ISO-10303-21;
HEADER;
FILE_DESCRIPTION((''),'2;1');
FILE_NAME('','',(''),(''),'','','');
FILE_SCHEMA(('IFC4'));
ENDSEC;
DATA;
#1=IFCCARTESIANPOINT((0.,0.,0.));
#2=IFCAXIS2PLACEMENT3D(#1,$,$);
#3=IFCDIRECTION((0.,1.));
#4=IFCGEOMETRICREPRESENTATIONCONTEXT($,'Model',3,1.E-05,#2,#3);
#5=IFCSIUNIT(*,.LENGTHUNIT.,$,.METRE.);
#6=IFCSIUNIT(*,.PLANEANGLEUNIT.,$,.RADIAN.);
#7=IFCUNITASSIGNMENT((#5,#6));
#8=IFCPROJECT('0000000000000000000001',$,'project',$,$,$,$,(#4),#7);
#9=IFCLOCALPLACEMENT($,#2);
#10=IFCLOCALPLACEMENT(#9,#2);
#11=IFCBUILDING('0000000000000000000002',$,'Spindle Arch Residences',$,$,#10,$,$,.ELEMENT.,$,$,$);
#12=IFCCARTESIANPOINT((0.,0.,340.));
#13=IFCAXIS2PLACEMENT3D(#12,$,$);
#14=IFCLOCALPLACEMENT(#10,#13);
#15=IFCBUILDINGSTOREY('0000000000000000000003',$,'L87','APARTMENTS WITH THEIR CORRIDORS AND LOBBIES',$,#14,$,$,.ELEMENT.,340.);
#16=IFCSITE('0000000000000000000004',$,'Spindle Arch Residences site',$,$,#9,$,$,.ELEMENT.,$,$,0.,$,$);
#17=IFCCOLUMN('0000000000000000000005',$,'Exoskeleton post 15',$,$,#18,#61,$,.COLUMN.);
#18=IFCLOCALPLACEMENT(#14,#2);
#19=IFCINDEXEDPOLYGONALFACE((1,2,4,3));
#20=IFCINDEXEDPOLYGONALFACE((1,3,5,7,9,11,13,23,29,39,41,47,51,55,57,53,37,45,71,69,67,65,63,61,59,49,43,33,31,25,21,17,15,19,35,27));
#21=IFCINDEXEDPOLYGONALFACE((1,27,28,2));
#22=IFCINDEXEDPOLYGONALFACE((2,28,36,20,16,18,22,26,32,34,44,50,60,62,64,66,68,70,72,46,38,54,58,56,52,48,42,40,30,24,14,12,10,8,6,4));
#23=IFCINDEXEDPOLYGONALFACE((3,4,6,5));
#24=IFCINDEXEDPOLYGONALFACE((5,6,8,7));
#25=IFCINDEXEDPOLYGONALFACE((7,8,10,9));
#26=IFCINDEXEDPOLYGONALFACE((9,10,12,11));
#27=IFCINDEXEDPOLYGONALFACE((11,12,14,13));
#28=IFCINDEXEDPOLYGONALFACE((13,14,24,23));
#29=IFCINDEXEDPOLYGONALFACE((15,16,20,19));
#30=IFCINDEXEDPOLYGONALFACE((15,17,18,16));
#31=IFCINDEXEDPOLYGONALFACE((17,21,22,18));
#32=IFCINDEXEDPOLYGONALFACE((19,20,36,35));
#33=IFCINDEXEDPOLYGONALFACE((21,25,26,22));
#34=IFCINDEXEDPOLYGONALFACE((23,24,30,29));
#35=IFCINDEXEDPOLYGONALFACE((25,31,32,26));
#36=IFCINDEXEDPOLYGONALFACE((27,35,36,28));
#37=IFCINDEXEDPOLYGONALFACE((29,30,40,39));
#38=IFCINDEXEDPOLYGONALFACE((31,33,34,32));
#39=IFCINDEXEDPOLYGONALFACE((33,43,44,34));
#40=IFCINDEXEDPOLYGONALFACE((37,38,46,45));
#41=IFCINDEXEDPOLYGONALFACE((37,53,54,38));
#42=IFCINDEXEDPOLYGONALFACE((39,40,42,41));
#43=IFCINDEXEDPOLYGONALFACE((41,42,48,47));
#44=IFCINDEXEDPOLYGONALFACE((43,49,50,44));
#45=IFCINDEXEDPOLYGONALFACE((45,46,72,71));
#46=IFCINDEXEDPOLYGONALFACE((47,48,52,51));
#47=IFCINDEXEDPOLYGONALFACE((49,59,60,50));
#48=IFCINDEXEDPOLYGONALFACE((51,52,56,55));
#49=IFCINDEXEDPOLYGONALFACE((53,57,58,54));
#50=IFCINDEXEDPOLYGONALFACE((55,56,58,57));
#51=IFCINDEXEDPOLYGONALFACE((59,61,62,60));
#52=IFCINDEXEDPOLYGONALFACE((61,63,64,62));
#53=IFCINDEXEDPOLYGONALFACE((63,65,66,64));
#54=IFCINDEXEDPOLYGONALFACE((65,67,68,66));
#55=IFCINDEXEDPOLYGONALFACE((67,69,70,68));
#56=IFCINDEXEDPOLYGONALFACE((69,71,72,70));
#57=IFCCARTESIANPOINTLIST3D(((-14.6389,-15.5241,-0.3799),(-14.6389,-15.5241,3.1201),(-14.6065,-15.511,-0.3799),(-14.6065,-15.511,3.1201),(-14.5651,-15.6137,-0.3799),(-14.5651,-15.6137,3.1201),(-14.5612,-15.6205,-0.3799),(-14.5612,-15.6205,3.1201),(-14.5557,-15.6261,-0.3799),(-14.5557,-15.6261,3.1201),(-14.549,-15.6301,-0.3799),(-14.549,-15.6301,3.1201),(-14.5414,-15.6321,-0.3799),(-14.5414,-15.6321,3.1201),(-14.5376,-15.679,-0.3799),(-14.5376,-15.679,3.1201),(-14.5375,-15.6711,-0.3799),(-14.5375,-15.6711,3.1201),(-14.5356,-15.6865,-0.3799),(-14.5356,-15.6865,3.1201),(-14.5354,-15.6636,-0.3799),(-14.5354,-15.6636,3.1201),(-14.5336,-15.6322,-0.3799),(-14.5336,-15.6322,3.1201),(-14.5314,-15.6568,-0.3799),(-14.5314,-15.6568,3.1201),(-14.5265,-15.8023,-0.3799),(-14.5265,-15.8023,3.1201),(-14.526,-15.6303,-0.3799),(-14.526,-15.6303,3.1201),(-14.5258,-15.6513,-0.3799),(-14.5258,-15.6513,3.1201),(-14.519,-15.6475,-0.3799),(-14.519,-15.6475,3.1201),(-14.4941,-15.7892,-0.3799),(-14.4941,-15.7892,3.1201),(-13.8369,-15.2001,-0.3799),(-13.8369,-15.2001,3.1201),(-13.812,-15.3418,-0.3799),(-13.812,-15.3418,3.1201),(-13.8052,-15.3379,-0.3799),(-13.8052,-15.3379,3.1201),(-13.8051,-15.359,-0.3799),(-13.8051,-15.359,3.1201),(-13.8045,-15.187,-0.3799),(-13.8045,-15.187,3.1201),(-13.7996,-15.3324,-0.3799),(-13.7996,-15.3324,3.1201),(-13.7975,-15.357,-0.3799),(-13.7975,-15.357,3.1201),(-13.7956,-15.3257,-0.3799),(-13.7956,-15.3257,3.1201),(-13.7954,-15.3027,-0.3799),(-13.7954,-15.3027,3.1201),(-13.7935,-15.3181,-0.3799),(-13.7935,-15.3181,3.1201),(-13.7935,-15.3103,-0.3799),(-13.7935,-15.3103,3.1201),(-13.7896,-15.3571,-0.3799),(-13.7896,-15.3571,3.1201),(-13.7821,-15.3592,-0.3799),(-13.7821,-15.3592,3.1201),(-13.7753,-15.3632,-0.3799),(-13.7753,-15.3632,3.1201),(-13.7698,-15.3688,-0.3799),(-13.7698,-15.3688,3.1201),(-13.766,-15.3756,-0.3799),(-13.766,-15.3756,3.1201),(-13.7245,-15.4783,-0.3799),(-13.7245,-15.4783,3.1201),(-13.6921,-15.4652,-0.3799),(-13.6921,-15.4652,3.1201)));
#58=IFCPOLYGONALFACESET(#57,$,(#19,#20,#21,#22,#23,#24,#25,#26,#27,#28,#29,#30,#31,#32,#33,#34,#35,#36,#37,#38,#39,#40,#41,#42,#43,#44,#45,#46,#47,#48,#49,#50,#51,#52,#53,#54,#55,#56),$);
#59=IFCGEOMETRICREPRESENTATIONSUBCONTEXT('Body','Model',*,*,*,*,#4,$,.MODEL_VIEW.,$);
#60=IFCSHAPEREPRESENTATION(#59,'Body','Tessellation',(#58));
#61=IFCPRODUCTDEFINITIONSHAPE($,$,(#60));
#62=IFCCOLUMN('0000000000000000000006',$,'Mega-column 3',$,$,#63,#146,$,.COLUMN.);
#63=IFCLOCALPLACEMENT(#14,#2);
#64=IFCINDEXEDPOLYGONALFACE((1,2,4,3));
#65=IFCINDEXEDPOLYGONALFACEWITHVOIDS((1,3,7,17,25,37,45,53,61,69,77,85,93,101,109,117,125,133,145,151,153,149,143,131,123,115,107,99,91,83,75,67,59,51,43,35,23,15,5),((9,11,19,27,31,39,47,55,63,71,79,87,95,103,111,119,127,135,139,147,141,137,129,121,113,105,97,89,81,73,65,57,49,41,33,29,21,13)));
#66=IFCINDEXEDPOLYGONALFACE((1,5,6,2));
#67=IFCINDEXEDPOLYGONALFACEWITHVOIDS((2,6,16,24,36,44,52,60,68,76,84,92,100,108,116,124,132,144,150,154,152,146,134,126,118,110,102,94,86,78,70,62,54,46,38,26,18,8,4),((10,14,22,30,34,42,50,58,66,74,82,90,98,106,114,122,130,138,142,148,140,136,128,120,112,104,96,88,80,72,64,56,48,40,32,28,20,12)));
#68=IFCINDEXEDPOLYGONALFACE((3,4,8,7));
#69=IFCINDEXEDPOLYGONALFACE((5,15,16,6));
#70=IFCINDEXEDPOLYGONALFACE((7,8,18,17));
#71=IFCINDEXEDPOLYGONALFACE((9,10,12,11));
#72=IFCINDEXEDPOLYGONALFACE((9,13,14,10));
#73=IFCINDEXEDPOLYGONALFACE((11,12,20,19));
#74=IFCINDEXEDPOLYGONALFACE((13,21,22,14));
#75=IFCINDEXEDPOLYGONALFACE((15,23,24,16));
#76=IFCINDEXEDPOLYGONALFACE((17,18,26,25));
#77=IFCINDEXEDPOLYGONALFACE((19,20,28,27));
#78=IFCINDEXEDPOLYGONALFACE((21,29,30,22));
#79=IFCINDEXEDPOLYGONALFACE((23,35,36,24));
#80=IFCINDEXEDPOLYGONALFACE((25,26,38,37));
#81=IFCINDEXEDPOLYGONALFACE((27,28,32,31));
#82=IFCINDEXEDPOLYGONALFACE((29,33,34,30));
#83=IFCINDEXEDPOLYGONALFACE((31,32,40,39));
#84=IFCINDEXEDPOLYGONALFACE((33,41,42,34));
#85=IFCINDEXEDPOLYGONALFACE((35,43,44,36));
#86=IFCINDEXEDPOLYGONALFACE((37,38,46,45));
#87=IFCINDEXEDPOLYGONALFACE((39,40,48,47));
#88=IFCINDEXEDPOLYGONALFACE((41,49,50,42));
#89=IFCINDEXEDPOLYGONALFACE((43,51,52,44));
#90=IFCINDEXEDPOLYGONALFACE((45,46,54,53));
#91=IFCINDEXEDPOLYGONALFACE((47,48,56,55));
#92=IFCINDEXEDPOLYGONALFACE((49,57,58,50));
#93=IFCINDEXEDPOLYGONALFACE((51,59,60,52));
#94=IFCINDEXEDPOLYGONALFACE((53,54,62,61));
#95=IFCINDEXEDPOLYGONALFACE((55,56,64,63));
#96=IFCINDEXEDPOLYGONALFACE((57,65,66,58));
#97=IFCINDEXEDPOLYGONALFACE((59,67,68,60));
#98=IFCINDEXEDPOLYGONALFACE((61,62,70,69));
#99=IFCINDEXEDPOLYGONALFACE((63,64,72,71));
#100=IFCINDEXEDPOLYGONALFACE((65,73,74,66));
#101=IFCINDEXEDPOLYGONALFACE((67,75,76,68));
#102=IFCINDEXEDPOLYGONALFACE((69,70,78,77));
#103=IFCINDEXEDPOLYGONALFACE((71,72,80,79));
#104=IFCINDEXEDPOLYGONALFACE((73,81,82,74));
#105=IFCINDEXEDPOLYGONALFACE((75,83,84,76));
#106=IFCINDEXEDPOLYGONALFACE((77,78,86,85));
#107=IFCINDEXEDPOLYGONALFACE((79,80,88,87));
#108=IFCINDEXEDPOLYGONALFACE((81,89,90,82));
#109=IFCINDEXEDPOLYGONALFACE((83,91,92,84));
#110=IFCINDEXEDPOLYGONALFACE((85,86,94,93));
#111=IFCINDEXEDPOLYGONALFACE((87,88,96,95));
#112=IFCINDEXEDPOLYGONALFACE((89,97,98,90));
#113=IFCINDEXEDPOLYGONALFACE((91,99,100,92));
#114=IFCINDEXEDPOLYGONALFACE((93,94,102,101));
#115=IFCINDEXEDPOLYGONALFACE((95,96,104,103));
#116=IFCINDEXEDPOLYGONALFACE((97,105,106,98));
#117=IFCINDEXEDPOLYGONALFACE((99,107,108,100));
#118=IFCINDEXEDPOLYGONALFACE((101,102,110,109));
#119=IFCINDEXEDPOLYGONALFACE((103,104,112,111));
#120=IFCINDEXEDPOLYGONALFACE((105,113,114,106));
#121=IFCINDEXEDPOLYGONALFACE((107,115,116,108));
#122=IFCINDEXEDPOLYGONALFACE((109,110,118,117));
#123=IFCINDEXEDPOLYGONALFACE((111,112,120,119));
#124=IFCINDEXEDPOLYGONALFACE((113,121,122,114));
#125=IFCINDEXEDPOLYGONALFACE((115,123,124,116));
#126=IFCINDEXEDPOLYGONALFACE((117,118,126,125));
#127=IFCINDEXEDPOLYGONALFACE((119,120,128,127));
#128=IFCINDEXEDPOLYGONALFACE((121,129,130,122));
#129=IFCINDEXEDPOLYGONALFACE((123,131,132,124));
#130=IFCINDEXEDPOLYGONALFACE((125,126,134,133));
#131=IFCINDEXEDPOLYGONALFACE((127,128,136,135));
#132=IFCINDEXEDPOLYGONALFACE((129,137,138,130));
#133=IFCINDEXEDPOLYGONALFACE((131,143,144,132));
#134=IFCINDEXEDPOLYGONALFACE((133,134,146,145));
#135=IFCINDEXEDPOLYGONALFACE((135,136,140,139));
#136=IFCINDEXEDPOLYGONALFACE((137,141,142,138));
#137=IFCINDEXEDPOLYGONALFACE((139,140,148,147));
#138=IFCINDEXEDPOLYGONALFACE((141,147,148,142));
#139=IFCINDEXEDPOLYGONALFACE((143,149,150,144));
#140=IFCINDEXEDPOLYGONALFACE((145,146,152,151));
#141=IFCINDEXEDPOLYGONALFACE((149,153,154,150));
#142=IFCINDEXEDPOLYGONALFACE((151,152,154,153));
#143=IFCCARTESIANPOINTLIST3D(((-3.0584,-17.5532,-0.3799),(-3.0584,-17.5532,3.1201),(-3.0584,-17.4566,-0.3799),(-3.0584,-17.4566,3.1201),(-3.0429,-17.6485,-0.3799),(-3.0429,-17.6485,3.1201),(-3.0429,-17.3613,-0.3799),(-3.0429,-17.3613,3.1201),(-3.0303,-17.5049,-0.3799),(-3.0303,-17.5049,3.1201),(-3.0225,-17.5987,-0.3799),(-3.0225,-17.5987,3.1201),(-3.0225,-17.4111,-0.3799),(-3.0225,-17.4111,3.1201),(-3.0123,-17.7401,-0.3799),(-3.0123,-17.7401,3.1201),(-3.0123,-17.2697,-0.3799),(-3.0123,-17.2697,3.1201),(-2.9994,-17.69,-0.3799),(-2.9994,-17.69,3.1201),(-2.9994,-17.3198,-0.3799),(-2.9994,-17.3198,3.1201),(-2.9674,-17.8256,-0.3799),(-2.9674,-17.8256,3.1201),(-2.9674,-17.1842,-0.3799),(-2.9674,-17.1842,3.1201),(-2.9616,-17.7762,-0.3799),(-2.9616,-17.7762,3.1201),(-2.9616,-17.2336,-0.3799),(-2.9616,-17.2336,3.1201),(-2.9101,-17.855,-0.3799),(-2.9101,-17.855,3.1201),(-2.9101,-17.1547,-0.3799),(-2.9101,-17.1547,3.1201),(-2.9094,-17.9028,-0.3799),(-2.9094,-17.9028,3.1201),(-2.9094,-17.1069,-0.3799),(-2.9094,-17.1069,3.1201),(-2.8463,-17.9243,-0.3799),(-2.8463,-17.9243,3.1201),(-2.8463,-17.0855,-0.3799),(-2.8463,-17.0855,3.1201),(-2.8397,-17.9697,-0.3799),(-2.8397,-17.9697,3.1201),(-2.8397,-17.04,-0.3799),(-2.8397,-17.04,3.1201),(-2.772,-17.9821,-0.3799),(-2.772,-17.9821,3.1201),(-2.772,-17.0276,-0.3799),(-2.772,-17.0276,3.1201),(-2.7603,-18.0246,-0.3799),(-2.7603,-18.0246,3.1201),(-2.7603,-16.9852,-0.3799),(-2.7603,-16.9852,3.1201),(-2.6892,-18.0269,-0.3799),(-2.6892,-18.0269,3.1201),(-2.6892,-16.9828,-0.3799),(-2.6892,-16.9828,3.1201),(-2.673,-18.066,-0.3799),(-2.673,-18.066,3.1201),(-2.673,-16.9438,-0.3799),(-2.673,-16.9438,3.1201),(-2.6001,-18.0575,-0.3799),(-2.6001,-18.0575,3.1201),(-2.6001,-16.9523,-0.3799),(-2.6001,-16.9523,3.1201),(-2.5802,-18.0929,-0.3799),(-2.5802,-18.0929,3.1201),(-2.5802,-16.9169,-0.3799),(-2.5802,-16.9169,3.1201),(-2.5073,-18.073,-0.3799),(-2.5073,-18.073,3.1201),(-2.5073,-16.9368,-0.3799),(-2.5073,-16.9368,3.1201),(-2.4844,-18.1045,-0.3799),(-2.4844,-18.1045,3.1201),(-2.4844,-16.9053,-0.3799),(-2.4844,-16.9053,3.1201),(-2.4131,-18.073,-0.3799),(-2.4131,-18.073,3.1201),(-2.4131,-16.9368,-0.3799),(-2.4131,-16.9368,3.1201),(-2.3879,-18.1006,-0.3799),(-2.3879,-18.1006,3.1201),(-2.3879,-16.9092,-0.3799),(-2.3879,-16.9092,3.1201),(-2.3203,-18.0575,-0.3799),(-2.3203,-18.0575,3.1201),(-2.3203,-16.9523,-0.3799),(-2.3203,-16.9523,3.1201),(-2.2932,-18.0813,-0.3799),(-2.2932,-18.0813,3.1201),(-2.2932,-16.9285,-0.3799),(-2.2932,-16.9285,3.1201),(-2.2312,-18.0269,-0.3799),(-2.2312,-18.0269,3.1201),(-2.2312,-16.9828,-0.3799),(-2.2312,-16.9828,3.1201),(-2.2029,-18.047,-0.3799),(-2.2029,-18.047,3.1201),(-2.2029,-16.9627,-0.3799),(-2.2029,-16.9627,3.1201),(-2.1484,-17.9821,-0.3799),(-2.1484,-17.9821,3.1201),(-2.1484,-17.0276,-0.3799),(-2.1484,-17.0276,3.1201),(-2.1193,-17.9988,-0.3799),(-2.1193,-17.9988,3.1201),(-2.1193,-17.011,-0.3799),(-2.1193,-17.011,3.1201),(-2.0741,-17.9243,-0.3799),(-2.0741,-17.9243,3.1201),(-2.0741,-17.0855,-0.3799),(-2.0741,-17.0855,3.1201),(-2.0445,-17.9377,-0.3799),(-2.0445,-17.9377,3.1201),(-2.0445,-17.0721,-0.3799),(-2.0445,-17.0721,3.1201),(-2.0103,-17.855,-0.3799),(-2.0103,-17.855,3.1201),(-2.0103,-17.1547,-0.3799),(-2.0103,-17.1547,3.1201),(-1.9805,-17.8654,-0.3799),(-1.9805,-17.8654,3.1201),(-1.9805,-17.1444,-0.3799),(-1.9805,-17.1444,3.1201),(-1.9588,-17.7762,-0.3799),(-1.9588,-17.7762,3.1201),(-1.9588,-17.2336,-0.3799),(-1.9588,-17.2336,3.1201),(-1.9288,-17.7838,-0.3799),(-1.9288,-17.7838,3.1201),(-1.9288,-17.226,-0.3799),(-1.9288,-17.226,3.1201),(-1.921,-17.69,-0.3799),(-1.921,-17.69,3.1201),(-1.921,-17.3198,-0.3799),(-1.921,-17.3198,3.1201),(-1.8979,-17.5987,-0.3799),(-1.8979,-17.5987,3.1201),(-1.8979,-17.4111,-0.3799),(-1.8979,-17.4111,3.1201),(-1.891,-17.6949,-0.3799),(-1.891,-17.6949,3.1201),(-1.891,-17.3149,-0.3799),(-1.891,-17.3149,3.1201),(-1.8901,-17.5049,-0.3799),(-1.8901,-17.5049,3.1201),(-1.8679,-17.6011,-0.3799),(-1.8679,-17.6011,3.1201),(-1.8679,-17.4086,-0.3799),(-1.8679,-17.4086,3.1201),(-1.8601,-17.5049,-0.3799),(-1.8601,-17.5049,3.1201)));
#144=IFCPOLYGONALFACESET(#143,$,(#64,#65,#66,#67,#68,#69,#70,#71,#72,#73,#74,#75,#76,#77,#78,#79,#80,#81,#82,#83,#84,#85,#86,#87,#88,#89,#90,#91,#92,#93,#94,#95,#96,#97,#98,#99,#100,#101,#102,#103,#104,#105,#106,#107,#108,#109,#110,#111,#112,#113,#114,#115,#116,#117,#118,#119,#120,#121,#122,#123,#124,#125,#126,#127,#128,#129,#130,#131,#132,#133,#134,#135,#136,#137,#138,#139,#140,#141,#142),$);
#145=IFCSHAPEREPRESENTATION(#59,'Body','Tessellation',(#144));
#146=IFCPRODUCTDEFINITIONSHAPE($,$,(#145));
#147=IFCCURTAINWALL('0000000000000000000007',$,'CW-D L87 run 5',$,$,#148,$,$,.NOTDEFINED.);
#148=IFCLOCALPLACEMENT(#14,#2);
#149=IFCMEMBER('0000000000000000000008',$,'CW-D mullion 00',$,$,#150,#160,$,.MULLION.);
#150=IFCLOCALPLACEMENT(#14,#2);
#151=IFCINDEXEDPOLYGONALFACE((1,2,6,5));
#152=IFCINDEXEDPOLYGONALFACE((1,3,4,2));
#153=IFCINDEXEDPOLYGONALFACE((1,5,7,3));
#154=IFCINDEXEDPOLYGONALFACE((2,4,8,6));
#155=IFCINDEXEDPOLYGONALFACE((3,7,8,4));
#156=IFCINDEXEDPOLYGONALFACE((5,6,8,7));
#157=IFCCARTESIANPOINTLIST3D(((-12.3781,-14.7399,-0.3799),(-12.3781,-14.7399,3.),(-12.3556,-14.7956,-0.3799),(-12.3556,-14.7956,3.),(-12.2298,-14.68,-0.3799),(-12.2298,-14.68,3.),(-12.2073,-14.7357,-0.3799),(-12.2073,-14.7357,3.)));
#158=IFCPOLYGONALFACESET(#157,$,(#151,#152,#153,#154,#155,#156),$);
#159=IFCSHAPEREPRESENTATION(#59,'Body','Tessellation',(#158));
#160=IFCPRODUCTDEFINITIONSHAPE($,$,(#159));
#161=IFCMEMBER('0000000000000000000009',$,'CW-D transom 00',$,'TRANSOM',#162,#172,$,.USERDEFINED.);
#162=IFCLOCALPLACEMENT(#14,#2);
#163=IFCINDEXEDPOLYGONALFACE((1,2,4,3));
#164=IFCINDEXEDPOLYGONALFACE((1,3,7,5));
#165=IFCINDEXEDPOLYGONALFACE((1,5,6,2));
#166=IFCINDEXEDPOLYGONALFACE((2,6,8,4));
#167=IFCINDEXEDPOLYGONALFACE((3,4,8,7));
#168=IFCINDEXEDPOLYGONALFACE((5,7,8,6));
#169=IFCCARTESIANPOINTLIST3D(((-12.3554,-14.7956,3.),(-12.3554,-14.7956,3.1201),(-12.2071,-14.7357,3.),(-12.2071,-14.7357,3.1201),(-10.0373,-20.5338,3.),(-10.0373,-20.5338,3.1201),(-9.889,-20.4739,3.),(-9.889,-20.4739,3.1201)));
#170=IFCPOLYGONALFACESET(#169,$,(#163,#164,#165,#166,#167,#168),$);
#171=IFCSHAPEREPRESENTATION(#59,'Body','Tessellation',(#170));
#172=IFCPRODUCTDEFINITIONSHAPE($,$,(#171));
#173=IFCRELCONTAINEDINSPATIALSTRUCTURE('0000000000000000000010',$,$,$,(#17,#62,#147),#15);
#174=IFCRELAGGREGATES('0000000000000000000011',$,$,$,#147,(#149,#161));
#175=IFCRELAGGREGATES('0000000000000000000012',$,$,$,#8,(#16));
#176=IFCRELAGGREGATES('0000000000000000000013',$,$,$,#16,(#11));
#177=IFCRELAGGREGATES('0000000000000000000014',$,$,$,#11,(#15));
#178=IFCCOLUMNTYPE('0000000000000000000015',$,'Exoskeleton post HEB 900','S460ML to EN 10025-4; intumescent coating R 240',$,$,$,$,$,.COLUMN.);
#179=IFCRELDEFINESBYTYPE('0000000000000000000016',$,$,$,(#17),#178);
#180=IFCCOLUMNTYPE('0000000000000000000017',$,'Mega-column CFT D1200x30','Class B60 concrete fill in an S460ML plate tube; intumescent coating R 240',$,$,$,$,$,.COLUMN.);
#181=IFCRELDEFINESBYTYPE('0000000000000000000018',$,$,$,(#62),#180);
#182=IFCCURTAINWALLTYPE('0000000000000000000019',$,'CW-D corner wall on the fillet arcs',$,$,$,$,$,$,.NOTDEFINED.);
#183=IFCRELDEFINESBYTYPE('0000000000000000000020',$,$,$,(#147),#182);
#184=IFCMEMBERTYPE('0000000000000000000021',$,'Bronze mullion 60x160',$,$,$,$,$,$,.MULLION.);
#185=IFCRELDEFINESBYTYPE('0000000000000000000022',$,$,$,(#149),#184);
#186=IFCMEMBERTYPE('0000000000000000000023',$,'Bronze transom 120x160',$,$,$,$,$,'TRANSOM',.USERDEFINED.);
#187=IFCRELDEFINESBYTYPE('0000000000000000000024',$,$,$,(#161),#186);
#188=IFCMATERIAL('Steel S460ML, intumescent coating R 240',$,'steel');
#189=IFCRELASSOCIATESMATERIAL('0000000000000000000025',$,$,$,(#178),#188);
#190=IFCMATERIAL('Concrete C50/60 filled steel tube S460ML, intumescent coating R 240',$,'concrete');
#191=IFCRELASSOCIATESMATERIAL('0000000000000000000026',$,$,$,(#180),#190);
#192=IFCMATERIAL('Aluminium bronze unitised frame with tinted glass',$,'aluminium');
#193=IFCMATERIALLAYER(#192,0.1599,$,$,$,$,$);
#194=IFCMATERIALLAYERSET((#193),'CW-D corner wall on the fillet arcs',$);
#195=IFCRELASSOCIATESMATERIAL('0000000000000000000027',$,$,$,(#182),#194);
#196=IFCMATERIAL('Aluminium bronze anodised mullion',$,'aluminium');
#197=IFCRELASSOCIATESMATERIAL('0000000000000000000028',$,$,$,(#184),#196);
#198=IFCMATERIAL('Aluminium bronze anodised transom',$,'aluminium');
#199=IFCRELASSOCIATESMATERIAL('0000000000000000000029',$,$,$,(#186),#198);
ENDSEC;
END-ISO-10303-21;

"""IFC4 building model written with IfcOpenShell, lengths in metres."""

from ifc_helpers import new_model, si_unit, direction, frame, origin, origin_2d, place, context, subcontext, project, spatial, rectangle, hollow_circle, i_section, extrude, material, layer, layer_set, material_profile, profile_set, type_object, element, aggregate, save


model = new_model("IFC4")

# Units and contexts
model_context = context("Model", 3, precision=1e-05, world=origin(), true_north=direction((0.0, 1.0)))
body_context = subcontext(model_context, "Body", "Model", "MODEL_VIEW")
ifc_project = project(units=[si_unit("LENGTHUNIT", "METRE"), si_unit("PLANEANGLEUNIT", "RADIAN")], contexts=[model_context])

# Site, building, storey
site_placement = place(None, origin())
site = spatial("IfcSite", under=ifc_project, at=site_placement, Name="Spindle Arch Residences site", CompositionType="ELEMENT", RefElevation=0.0)
building_placement = place(site_placement, origin())
building = spatial("IfcBuilding", under=site, at=building_placement, Name="Spindle Arch Residences", CompositionType="ELEMENT")
storey_placement = place(building_placement, frame((0.0, 0.0, 340.0)))
storey = spatial("IfcBuildingStorey", under=building, at=storey_placement, Name="L87", Description="APARTMENTS WITH THEIR CORRIDORS AND LOBBIES", CompositionType="ELEMENT", Elevation=340.0)

# Columns
ifc_material_1 = material(Name="Steel S460ML, intumescent coating R 240", Category="steel")
ifc_material_profile_1 = material_profile(ifc_material_1, i_section(OverallWidth=0.3, OverallDepth=0.8999, WebThickness=0.0186, FlangeThickness=0.0349, FilletRadius=0.03, at=origin_2d()), Name="HEB 900")
ifc_profile_set_1 = profile_set([ifc_material_profile_1], Name="Steel S460ML, intumescent coating R 240")
column_type_1 = type_object("IfcColumnType", Name="Exoskeleton post HEB 900", Description="S460ML to EN 10025-4; intumescent coating R 240", PredefinedType="COLUMN", material=ifc_profile_set_1)
column_1_placement = place(storey_placement, frame((-14.1655, -15.4946, -0.3799), z_axis=(0.0, 0.0, 1.0), x_axis=(-0.374607, 0.927184, 0.0)))
element("IfcColumn", 1, at=column_1_placement, inside=storey, type_object=column_type_1, Name="Exoskeleton post 15", PredefinedType="COLUMN", context=body_context, shape_type="SweptSolid", body=[
    extrude(i_section(OverallWidth=0.3, OverallDepth=0.8999, WebThickness=0.0186, FlangeThickness=0.0349, FilletRadius=0.03, at=origin_2d()), origin(), (0.0, 0.0, 1.0), 3.5),
])
ifc_material_2 = material(Name="Concrete C50/60 filled steel tube S460ML, intumescent coating R 240", Category="concrete")
ifc_material_profile_2 = material_profile(ifc_material_2, hollow_circle(Radius=0.6001, WallThickness=0.03, at=origin_2d()), Name="CFT D1200x30")
ifc_profile_set_2 = profile_set([ifc_material_profile_2], Name="Concrete C50/60 filled steel tube S460ML, intumescent coating R 240")
column_type_2 = type_object("IfcColumnType", Name="Mega-column CFT D1200x30", Description="Class B60 concrete fill in an S460ML plate tube; intumescent coating R 240", PredefinedType="COLUMN", material=ifc_profile_set_2)
column_2_placement = place(storey_placement, frame((-2.4602, -17.5049, -0.3799), z_axis=(0.0, 0.0, 1.0), x_axis=(1.0, 0.0, 0.0)))
element("IfcColumn", 2, at=column_2_placement, inside=storey, type_object=column_type_2, Name="Mega-column 3", PredefinedType="COLUMN", context=body_context, shape_type="SweptSolid", body=[
    extrude(hollow_circle(Radius=0.6001, WallThickness=0.03, at=origin_2d()), origin(), (0.0, 0.0, 1.0), 3.5),
])

# Curtain wall, members
ifc_material_3 = material(Name="Aluminium bronze unitised frame with tinted glass", Category="aluminium")
ifc_layer_1 = layer(ifc_material_3, 0.1599)
ifc_layer_set_1 = layer_set([ifc_layer_1], Name="CW-D corner wall on the fillet arcs")
curtain_wall_type_1 = type_object("IfcCurtainWallType", Name="CW-D corner wall on the fillet arcs", PredefinedType="NOTDEFINED", material=ifc_layer_set_1)
curtain_wall_1_placement = place(storey_placement, origin())
curtain_wall_1 = element("IfcCurtainWall", 3, at=curtain_wall_1_placement, inside=storey, type_object=curtain_wall_type_1, Name="CW-D L87 run 5", PredefinedType="NOTDEFINED")
ifc_material_4 = material(Name="Aluminium bronze anodised mullion", Category="aluminium")
ifc_material_profile_3 = material_profile(ifc_material_4, rectangle(XDim=0.1599, YDim=0.0601, at=origin_2d()), Name="MU 60x160")
ifc_profile_set_3 = profile_set([ifc_material_profile_3], Name="Aluminium bronze anodised mullion")
member_type_1 = type_object("IfcMemberType", Name="Bronze mullion 60x160", PredefinedType="MULLION", material=ifc_profile_set_3)
member_1_placement = place(storey_placement, frame((-12.2927, -14.7378, -0.3799), z_axis=(0.0, 0.0, 1.0), x_axis=(0.927184, 0.374607, 0.0)))
member_1 = element("IfcMember", 4, at=member_1_placement, type_object=member_type_1, Name="CW-D mullion 00", PredefinedType="MULLION", context=body_context, shape_type="SweptSolid", body=[
    extrude(rectangle(XDim=0.1599, YDim=0.0601, at=origin_2d()), origin(), (0.0, 0.0, 1.0), 3.3799),
])
ifc_material_5 = material(Name="Aluminium bronze anodised transom", Category="aluminium")
ifc_material_profile_4 = material_profile(ifc_material_5, rectangle(XDim=0.1599, YDim=0.1201, at=origin_2d()), Name="TR 120x160")
ifc_profile_set_4 = profile_set([ifc_material_profile_4], Name="Aluminium bronze anodised transom")
member_type_2 = type_object("IfcMemberType", Name="Bronze transom 120x160", ElementType="TRANSOM", PredefinedType="USERDEFINED", material=ifc_profile_set_4)
member_2_placement = place(storey_placement, frame((-12.2812, -14.7656, 3.0601), z_axis=(0.374565, -0.927201, 0.0), x_axis=(0.927201, 0.374565, 0.0)))
member_2 = element("IfcMember", 5, at=member_2_placement, type_object=member_type_2, Name="CW-D transom 00", ObjectType="TRANSOM", PredefinedType="USERDEFINED", context=body_context, shape_type="SweptSolid", body=[
    extrude(rectangle(XDim=0.1599, YDim=0.1201, at=origin_2d()), origin(), (0.0, 0.0, 1.0), 6.1887),
])

aggregate(curtain_wall_1, [member_1, member_2])

save(model, "model.ifc")
